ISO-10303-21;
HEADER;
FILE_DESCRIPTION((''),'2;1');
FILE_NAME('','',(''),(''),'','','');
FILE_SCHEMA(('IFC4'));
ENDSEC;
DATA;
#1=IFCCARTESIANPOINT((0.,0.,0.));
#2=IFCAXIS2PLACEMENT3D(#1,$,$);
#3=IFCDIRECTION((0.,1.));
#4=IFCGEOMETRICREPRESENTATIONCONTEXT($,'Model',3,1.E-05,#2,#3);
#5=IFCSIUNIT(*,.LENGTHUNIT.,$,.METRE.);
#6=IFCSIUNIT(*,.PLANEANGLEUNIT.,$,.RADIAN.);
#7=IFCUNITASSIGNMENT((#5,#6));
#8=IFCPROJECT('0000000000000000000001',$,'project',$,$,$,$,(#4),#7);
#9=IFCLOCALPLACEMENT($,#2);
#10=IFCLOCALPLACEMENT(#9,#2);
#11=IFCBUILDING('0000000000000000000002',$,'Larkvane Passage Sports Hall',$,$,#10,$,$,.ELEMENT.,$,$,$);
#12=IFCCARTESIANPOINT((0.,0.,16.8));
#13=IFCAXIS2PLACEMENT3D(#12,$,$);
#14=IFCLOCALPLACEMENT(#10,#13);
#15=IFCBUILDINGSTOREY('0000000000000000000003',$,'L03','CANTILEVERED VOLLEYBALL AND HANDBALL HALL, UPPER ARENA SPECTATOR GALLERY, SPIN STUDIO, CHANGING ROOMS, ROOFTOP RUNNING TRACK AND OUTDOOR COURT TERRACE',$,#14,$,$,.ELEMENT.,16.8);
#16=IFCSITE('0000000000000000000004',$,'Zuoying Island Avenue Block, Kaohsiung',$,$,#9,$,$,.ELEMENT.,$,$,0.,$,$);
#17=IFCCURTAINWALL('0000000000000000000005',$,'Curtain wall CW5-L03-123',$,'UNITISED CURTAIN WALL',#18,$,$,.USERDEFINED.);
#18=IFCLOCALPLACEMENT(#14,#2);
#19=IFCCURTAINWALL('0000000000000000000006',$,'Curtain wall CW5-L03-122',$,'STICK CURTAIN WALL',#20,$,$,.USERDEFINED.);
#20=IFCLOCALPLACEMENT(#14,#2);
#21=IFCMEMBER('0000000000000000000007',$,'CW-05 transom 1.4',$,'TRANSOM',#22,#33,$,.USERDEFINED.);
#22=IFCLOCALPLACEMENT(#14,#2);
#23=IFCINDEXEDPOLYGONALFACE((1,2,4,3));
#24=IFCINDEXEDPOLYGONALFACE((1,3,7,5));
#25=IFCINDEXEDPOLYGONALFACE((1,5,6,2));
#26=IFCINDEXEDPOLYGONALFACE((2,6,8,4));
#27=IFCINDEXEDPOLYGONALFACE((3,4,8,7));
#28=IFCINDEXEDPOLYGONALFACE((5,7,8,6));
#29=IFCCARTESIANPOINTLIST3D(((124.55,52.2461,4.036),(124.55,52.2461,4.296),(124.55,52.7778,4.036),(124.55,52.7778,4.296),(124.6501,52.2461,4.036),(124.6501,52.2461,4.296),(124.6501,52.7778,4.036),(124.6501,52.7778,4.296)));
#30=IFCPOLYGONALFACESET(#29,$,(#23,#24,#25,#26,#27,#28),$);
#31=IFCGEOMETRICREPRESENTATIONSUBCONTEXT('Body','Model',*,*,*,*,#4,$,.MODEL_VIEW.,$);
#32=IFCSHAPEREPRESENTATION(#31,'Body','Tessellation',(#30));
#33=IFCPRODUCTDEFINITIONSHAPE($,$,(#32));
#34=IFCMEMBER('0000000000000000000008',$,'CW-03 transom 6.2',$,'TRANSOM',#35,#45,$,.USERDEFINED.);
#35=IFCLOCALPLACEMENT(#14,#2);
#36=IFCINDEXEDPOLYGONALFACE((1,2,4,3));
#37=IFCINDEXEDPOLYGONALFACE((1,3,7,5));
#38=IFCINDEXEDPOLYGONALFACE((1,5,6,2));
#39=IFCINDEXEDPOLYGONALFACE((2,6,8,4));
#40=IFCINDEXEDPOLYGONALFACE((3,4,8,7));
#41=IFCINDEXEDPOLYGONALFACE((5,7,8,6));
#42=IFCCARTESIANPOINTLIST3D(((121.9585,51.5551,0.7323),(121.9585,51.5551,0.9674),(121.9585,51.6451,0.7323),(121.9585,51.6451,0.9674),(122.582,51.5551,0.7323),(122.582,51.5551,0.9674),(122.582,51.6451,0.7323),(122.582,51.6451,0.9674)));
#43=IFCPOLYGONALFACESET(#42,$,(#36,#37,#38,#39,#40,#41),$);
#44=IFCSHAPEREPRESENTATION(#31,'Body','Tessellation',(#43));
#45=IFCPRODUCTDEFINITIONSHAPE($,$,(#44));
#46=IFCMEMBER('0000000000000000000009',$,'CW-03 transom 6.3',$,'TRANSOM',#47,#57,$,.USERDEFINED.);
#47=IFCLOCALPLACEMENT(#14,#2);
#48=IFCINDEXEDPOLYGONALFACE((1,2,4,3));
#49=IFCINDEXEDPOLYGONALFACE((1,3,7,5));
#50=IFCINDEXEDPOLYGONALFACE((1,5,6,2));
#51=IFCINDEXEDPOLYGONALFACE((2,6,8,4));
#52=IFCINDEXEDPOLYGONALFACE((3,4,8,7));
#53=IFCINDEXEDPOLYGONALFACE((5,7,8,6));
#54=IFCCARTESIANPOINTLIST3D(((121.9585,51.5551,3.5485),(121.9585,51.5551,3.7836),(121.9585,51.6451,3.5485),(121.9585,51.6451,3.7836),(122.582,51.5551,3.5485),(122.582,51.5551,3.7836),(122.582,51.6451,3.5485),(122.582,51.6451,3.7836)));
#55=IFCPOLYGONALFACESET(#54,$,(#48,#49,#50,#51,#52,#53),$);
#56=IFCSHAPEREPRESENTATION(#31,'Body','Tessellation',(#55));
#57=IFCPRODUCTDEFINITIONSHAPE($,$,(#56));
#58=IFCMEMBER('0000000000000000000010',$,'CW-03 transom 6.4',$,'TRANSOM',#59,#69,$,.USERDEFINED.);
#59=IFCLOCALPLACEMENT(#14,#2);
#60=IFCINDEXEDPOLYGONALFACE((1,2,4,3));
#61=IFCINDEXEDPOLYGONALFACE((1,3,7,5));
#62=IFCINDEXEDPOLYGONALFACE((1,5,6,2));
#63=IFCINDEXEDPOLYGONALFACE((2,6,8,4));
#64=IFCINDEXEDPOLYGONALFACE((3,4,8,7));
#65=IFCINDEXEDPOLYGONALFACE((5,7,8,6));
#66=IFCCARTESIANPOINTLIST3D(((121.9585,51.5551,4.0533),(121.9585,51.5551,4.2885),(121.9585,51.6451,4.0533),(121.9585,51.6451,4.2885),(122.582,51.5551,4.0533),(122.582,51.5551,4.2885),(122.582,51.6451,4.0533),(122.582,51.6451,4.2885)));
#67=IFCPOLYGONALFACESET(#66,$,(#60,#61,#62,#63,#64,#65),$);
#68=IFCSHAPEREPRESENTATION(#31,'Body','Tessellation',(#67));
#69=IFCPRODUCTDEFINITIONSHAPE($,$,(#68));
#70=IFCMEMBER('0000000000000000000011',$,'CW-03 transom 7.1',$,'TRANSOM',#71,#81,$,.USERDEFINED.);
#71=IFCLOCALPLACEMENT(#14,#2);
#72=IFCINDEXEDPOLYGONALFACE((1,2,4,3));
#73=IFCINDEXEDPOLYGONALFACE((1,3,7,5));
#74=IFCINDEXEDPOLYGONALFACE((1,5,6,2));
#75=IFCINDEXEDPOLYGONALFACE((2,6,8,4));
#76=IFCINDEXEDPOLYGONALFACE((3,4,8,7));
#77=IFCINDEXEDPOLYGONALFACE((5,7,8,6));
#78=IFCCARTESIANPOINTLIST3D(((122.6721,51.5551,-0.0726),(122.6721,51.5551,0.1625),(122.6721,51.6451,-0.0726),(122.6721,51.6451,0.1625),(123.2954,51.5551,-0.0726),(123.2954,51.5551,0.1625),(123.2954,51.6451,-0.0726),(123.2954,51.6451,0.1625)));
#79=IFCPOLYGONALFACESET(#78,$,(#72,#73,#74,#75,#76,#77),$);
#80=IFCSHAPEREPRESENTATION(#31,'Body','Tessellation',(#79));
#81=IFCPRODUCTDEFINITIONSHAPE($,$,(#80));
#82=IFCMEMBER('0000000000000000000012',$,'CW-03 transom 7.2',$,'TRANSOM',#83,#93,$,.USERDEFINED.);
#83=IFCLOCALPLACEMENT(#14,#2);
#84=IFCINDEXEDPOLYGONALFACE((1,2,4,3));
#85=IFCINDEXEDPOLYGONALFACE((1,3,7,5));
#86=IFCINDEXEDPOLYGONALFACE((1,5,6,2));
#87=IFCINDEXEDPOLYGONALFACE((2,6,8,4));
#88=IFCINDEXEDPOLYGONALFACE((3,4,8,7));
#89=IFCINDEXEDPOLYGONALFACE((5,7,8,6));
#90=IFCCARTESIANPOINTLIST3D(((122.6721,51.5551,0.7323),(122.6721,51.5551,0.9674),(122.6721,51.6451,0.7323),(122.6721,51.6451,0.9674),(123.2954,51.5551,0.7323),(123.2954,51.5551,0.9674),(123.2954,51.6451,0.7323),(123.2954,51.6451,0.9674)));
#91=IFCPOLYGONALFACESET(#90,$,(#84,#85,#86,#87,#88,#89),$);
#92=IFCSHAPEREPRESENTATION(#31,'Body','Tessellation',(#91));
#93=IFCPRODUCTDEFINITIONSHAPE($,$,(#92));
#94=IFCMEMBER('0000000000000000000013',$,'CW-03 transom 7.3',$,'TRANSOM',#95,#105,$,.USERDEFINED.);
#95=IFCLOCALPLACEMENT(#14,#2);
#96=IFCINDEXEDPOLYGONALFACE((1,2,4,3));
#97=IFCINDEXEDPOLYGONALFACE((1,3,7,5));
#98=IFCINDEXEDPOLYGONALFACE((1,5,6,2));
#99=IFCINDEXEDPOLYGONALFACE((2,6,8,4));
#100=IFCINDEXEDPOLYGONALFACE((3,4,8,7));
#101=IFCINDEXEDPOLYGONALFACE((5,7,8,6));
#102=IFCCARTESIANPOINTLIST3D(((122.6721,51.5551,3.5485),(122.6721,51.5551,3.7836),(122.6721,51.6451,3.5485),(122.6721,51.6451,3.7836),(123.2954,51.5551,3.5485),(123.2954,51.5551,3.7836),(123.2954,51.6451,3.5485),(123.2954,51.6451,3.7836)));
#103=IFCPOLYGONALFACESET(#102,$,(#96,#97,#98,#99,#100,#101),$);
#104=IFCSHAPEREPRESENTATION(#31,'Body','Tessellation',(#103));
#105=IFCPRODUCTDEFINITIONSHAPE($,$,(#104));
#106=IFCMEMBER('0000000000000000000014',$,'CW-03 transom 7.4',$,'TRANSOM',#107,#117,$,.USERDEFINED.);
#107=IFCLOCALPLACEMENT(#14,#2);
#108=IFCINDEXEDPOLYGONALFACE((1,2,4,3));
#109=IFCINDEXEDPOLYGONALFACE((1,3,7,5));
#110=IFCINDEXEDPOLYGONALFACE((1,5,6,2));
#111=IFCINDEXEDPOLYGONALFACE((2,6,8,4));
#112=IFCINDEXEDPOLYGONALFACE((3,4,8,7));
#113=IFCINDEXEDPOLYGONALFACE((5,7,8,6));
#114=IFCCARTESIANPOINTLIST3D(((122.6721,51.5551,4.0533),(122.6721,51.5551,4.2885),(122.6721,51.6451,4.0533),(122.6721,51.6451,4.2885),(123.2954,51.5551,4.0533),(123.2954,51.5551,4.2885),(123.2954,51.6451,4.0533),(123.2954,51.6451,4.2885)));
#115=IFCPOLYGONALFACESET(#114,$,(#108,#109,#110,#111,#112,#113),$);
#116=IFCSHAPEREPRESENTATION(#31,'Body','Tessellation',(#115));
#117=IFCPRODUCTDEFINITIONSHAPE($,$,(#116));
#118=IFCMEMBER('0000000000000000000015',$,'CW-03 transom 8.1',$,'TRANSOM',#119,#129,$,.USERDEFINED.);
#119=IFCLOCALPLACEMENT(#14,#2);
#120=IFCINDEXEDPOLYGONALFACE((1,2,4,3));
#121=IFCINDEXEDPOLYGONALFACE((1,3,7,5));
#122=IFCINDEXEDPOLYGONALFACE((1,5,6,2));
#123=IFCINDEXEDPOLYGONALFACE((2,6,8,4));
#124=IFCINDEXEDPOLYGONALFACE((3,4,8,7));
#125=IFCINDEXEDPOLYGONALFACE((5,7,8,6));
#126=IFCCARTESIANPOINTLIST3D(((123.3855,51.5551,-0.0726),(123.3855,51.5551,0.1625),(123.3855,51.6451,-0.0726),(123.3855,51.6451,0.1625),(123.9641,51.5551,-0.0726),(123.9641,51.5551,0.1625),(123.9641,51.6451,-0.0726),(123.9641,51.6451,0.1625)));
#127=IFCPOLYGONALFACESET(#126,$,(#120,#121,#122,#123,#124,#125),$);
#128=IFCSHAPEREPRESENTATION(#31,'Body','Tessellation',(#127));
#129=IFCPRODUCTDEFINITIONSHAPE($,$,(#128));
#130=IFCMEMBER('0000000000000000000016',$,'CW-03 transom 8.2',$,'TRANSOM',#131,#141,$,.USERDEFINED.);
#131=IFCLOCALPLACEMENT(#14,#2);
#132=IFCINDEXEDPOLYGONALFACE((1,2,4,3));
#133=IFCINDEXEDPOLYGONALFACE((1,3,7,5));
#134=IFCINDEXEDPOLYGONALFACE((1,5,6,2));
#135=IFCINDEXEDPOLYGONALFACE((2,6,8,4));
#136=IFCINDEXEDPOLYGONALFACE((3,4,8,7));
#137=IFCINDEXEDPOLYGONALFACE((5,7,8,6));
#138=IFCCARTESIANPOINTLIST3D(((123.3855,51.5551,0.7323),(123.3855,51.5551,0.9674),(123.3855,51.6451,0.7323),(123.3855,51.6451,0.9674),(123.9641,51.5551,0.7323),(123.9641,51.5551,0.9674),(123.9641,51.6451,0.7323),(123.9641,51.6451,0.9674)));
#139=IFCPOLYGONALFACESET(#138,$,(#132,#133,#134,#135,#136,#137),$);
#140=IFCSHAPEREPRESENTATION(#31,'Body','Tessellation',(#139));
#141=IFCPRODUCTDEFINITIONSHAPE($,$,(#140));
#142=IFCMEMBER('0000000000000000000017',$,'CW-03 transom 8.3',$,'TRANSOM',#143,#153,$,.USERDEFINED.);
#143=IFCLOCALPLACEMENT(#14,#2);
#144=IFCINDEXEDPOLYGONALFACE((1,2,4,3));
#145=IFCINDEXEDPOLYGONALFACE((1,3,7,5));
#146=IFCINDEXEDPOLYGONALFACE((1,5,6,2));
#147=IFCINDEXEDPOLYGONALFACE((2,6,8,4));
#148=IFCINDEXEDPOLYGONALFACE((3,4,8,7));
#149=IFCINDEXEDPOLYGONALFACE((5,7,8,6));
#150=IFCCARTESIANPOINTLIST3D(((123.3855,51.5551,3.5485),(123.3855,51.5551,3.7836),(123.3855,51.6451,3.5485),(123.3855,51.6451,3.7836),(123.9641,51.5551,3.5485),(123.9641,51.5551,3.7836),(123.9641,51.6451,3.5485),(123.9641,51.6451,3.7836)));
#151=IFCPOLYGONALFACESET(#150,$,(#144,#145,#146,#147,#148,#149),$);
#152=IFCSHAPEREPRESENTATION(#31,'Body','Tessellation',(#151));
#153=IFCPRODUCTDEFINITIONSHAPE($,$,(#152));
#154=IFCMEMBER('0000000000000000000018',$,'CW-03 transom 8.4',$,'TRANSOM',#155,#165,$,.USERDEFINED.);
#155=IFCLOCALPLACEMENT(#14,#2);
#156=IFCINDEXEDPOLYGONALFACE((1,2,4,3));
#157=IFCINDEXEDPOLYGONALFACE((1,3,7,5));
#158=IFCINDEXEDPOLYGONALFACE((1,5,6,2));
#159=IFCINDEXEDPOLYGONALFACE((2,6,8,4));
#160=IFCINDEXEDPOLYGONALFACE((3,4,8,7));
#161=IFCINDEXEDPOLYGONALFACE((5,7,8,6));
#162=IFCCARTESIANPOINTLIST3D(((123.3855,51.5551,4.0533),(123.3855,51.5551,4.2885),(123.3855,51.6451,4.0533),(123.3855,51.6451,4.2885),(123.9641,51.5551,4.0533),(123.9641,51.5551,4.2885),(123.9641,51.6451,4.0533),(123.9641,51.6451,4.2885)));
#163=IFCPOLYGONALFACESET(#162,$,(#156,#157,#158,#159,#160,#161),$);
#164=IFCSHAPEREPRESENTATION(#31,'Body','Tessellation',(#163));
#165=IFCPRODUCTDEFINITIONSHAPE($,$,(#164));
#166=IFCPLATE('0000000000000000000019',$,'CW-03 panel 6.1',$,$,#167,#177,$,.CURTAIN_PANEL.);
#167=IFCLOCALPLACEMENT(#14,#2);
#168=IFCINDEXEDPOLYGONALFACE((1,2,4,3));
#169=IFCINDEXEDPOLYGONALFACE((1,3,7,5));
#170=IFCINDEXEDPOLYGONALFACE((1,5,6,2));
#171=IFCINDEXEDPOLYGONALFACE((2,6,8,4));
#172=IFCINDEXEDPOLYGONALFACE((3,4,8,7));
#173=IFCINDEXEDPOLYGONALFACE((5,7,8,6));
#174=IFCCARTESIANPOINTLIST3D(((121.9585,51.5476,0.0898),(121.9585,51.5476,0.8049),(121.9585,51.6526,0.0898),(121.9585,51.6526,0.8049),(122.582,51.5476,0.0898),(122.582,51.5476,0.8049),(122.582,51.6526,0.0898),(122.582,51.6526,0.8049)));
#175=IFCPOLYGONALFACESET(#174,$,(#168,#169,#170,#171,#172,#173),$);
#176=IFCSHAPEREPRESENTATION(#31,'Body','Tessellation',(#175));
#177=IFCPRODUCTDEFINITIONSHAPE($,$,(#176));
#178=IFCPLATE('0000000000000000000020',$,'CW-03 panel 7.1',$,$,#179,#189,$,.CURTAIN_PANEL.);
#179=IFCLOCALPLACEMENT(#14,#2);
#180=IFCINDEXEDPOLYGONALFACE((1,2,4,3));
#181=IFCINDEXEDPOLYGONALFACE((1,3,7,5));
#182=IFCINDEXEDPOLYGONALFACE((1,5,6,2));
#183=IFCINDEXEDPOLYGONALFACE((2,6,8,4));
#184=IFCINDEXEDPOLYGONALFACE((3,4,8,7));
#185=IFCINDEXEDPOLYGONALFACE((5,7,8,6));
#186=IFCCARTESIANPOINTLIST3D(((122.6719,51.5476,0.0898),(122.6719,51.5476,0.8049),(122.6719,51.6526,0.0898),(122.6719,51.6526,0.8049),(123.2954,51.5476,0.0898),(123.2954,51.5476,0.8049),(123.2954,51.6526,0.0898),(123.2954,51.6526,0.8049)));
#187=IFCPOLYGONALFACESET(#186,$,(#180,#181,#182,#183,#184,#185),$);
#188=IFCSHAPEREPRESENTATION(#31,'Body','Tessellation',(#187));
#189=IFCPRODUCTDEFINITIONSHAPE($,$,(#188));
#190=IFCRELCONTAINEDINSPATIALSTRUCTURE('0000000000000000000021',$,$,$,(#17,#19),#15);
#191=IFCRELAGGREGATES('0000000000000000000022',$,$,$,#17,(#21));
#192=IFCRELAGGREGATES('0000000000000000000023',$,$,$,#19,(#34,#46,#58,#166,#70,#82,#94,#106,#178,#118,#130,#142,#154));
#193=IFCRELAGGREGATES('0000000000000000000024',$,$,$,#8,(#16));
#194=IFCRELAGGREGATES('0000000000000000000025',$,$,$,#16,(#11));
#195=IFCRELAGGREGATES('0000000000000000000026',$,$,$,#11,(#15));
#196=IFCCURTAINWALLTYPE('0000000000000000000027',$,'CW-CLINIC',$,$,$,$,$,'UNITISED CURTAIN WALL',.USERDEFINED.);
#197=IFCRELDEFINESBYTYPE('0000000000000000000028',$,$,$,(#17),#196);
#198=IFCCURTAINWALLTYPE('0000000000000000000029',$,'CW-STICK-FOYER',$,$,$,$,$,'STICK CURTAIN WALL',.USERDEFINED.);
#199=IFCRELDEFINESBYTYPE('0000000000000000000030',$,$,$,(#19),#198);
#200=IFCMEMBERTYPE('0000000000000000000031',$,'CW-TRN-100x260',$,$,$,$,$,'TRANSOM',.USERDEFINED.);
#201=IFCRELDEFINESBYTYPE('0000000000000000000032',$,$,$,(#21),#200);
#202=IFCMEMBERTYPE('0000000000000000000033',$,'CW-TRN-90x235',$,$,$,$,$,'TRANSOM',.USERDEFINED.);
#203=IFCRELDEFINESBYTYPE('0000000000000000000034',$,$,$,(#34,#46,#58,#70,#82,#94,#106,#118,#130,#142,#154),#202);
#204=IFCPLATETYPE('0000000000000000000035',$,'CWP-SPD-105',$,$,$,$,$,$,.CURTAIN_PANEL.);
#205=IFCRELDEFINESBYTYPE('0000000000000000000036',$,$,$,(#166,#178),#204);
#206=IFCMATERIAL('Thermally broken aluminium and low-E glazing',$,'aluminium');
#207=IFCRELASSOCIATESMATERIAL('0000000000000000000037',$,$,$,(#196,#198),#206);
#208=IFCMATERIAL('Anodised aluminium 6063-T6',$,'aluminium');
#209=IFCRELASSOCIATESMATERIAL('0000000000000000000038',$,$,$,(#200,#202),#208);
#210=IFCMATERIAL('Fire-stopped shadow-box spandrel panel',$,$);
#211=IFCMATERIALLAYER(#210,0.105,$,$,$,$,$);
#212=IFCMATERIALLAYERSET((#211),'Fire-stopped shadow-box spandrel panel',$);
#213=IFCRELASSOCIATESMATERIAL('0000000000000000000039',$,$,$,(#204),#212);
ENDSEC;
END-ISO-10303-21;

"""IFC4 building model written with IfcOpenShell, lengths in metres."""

from ifc_helpers import new_model, si_unit, direction, frame, origin, origin_2d, place, context, subcontext, project, spatial, rectangle, extrude, material, layer, layer_set, material_profile, profile_set, type_object, element, aggregate, save


model = new_model("IFC4")

# Units and contexts
model_context = context("Model", 3, precision=1e-05, world=origin(), true_north=direction((0.0, 1.0)))
body_context = subcontext(model_context, "Body", "Model", "MODEL_VIEW")
ifc_project = project(units=[si_unit("LENGTHUNIT", "METRE"), si_unit("PLANEANGLEUNIT", "RADIAN")], contexts=[model_context])

# Site, building, storey
site_placement = place(None, origin())
site = spatial("IfcSite", under=ifc_project, at=site_placement, Name="Zuoying Island Avenue Block, Kaohsiung", CompositionType="ELEMENT", RefElevation=0.0)
building_placement = place(site_placement, origin())
building = spatial("IfcBuilding", under=site, at=building_placement, Name="Larkvane Passage Sports Hall", CompositionType="ELEMENT")
storey_placement = place(building_placement, frame((0.0, 0.0, 16.8)))
storey = spatial("IfcBuildingStorey", under=building, at=storey_placement, Name="L03", Description="CANTILEVERED VOLLEYBALL AND HANDBALL HALL, UPPER ARENA SPECTATOR GALLERY, SPIN STUDIO, CHANGING ROOMS, ROOFTOP RUNNING TRACK AND OUTDOOR COURT TERRACE", CompositionType="ELEMENT", Elevation=16.8)

# Curtain wall
ifc_material_1 = material(Name="Thermally broken aluminium and low-E glazing", Category="aluminium")
curtain_wall_type_1 = type_object("IfcCurtainWallType", Name="CW-CLINIC", ElementType="UNITISED CURTAIN WALL", PredefinedType="USERDEFINED", material=ifc_material_1)
curtain_wall_1_placement = place(storey_placement, origin())
curtain_wall_1 = element("IfcCurtainWall", 1, at=curtain_wall_1_placement, inside=storey, type_object=curtain_wall_type_1, Name="Curtain wall CW5-L03-123", ObjectType="UNITISED CURTAIN WALL", PredefinedType="USERDEFINED")
ifc_material_2 = material(Name="Anodised aluminium 6063-T6", Category="aluminium")

# Curtain wall
curtain_wall_type_2 = type_object("IfcCurtainWallType", Name="CW-STICK-FOYER", ElementType="STICK CURTAIN WALL", PredefinedType="USERDEFINED", material=ifc_material_1)
curtain_wall_2_placement = place(storey_placement, origin())
curtain_wall_2 = element("IfcCurtainWall", 2, at=curtain_wall_2_placement, inside=storey, type_object=curtain_wall_type_2, Name="Curtain wall CW5-L03-122", ObjectType="STICK CURTAIN WALL", PredefinedType="USERDEFINED")

# Members
ifc_material_profile_1 = material_profile(ifc_material_2, rectangle(XDim=0.1001, YDim=0.26, at=origin_2d()), Name="ALU-TRN-100x260")
ifc_profile_set_1 = profile_set([ifc_material_profile_1], Name="Anodised aluminium 6063-T6")
member_type_1 = type_object("IfcMemberType", Name="CW-TRN-100x260", ElementType="TRANSOM", PredefinedType="USERDEFINED", material=ifc_profile_set_1)
member_1_placement = place(storey_placement, frame((124.6001, 52.2461, 4.166), z_axis=(0.0, 1.0, 0.0), x_axis=(-1.0, 0.0, 0.0)))
member_1 = element("IfcMember", 3, at=member_1_placement, type_object=member_type_1, Name="CW-05 transom 1.4", ObjectType="TRANSOM", PredefinedType="USERDEFINED", context=body_context, shape_type="SweptSolid", body=[
    extrude(rectangle(XDim=0.1001, YDim=0.26, at=origin_2d()), origin(), (0.0, 0.0, 1.0), 0.5317),
])
ifc_material_profile_2 = material_profile(ifc_material_2, rectangle(XDim=0.0901, YDim=0.2351, at=origin_2d()), Name="ALU-TRN-90x235")
ifc_profile_set_2 = profile_set([ifc_material_profile_2], Name="Anodised aluminium 6063-T6")
member_type_2 = type_object("IfcMemberType", Name="CW-TRN-90x235", ElementType="TRANSOM", PredefinedType="USERDEFINED", material=ifc_profile_set_2)
member_2_placement = place(storey_placement, frame((121.9585, 51.6001, 0.8499), z_axis=(1.0, 0.0, 0.0), x_axis=(0.0, 1.0, 0.0)))
member_2 = element("IfcMember", 4, at=member_2_placement, type_object=member_type_2, Name="CW-03 transom 6.2", ObjectType="TRANSOM", PredefinedType="USERDEFINED", context=body_context, shape_type="SweptSolid", body=[
    extrude(rectangle(XDim=0.0901, YDim=0.2351, at=origin_2d()), origin(), (0.0, 0.0, 1.0), 0.6235),
])
member_3_placement = place(storey_placement, frame((121.9585, 51.6001, 3.666), z_axis=(1.0, 0.0, 0.0), x_axis=(0.0, 1.0, 0.0)))
member_3 = element("IfcMember", 5, at=member_3_placement, type_object=member_type_2, Name="CW-03 transom 6.3", ObjectType="TRANSOM", PredefinedType="USERDEFINED", context=body_context, shape_type="SweptSolid", body=[
    extrude(rectangle(XDim=0.0901, YDim=0.2351, at=origin_2d()), origin(), (0.0, 0.0, 1.0), 0.6235),
])
member_4_placement = place(storey_placement, frame((121.9585, 51.6001, 4.1709), z_axis=(1.0, 0.0, 0.0), x_axis=(0.0, 1.0, 0.0)))
member_4 = element("IfcMember", 6, at=member_4_placement, type_object=member_type_2, Name="CW-03 transom 6.4", ObjectType="TRANSOM", PredefinedType="USERDEFINED", context=body_context, shape_type="SweptSolid", body=[
    extrude(rectangle(XDim=0.0901, YDim=0.2351, at=origin_2d()), origin(), (0.0, 0.0, 1.0), 0.6235),
])
member_5_placement = place(storey_placement, frame((122.6721, 51.6001, 0.0449), z_axis=(1.0, 0.0, 0.0), x_axis=(0.0, 1.0, 0.0)))
member_5 = element("IfcMember", 7, at=member_5_placement, type_object=member_type_2, Name="CW-03 transom 7.1", ObjectType="TRANSOM", PredefinedType="USERDEFINED", context=body_context, shape_type="SweptSolid", body=[
    extrude(rectangle(XDim=0.0901, YDim=0.2351, at=origin_2d()), origin(), (0.0, 0.0, 1.0), 0.6233),
])
member_6_placement = place(storey_placement, frame((122.6721, 51.6001, 0.8499), z_axis=(1.0, 0.0, 0.0), x_axis=(0.0, 1.0, 0.0)))
member_6 = element("IfcMember", 8, at=member_6_placement, type_object=member_type_2, Name="CW-03 transom 7.2", ObjectType="TRANSOM", PredefinedType="USERDEFINED", context=body_context, shape_type="SweptSolid", body=[
    extrude(rectangle(XDim=0.0901, YDim=0.2351, at=origin_2d()), origin(), (0.0, 0.0, 1.0), 0.6233),
])
member_7_placement = place(storey_placement, frame((122.6721, 51.6001, 3.666), z_axis=(1.0, 0.0, 0.0), x_axis=(0.0, 1.0, 0.0)))
member_7 = element("IfcMember", 9, at=member_7_placement, type_object=member_type_2, Name="CW-03 transom 7.3", ObjectType="TRANSOM", PredefinedType="USERDEFINED", context=body_context, shape_type="SweptSolid", body=[
    extrude(rectangle(XDim=0.0901, YDim=0.2351, at=origin_2d()), origin(), (0.0, 0.0, 1.0), 0.6233),
])
member_8_placement = place(storey_placement, frame((122.6721, 51.6001, 4.1709), z_axis=(1.0, 0.0, 0.0), x_axis=(0.0, 1.0, 0.0)))
member_8 = element("IfcMember", 10, at=member_8_placement, type_object=member_type_2, Name="CW-03 transom 7.4", ObjectType="TRANSOM", PredefinedType="USERDEFINED", context=body_context, shape_type="SweptSolid", body=[
    extrude(rectangle(XDim=0.0901, YDim=0.2351, at=origin_2d()), origin(), (0.0, 0.0, 1.0), 0.6233),
])
member_9_placement = place(storey_placement, frame((123.3855, 51.6001, 0.0449), z_axis=(1.0, 0.0, 0.0), x_axis=(0.0, 1.0, 0.0)))
member_9 = element("IfcMember", 11, at=member_9_placement, type_object=member_type_2, Name="CW-03 transom 8.1", ObjectType="TRANSOM", PredefinedType="USERDEFINED", context=body_context, shape_type="SweptSolid", body=[
    extrude(rectangle(XDim=0.0901, YDim=0.2351, at=origin_2d()), origin(), (0.0, 0.0, 1.0), 0.5786),
])
member_10_placement = place(storey_placement, frame((123.3855, 51.6001, 0.8499), z_axis=(1.0, 0.0, 0.0), x_axis=(0.0, 1.0, 0.0)))
member_10 = element("IfcMember", 12, at=member_10_placement, type_object=member_type_2, Name="CW-03 transom 8.2", ObjectType="TRANSOM", PredefinedType="USERDEFINED", context=body_context, shape_type="SweptSolid", body=[
    extrude(rectangle(XDim=0.0901, YDim=0.2351, at=origin_2d()), origin(), (0.0, 0.0, 1.0), 0.5786),
])
member_11_placement = place(storey_placement, frame((123.3855, 51.6001, 3.666), z_axis=(1.0, 0.0, 0.0), x_axis=(0.0, 1.0, 0.0)))
member_11 = element("IfcMember", 13, at=member_11_placement, type_object=member_type_2, Name="CW-03 transom 8.3", ObjectType="TRANSOM", PredefinedType="USERDEFINED", context=body_context, shape_type="SweptSolid", body=[
    extrude(rectangle(XDim=0.0901, YDim=0.2351, at=origin_2d()), origin(), (0.0, 0.0, 1.0), 0.5786),
])
member_12_placement = place(storey_placement, frame((123.3855, 51.6001, 4.1709), z_axis=(1.0, 0.0, 0.0), x_axis=(0.0, 1.0, 0.0)))
member_12 = element("IfcMember", 14, at=member_12_placement, type_object=member_type_2, Name="CW-03 transom 8.4", ObjectType="TRANSOM", PredefinedType="USERDEFINED", context=body_context, shape_type="SweptSolid", body=[
    extrude(rectangle(XDim=0.0901, YDim=0.2351, at=origin_2d()), origin(), (0.0, 0.0, 1.0), 0.5786),
])

# Plates
ifc_material_3 = material(Name="Fire-stopped shadow-box spandrel panel")
ifc_layer_1 = layer(ifc_material_3, 0.105)
ifc_layer_set_1 = layer_set([ifc_layer_1], Name="Fire-stopped shadow-box spandrel panel")
plate_type_1 = type_object("IfcPlateType", Name="CWP-SPD-105", PredefinedType="CURTAIN_PANEL", material=ifc_layer_set_1)
plate_1_placement = place(storey_placement, frame((122.2703, 51.6001, 0.0898), z_axis=(0.0, 0.0, 1.0), x_axis=(1.0, 0.0, 0.0)))
plate_1 = element("IfcPlate", 15, at=plate_1_placement, type_object=plate_type_1, Name="CW-03 panel 6.1", PredefinedType="CURTAIN_PANEL", context=body_context, shape_type="SweptSolid", body=[
    extrude(rectangle(XDim=0.6235, YDim=0.105, at=origin_2d()), origin(), (0.0, 0.0, 1.0), 0.7151),
])
plate_2_placement = place(storey_placement, frame((122.9836, 51.6001, 0.0898), z_axis=(0.0, 0.0, 1.0), x_axis=(1.0, 0.0, 0.0)))
plate_2 = element("IfcPlate", 16, at=plate_2_placement, type_object=plate_type_1, Name="CW-03 panel 7.1", PredefinedType="CURTAIN_PANEL", context=body_context, shape_type="SweptSolid", body=[
    extrude(rectangle(XDim=0.6235, YDim=0.105, at=origin_2d()), origin(), (0.0, 0.0, 1.0), 0.7151),
])
aggregate(curtain_wall_1, [member_1])
aggregate(curtain_wall_2, [member_2, member_3, member_4, plate_1, member_5, member_6, member_7, member_8, plate_2, member_9, member_10, member_11, member_12])

save(model, "model.ifc")
